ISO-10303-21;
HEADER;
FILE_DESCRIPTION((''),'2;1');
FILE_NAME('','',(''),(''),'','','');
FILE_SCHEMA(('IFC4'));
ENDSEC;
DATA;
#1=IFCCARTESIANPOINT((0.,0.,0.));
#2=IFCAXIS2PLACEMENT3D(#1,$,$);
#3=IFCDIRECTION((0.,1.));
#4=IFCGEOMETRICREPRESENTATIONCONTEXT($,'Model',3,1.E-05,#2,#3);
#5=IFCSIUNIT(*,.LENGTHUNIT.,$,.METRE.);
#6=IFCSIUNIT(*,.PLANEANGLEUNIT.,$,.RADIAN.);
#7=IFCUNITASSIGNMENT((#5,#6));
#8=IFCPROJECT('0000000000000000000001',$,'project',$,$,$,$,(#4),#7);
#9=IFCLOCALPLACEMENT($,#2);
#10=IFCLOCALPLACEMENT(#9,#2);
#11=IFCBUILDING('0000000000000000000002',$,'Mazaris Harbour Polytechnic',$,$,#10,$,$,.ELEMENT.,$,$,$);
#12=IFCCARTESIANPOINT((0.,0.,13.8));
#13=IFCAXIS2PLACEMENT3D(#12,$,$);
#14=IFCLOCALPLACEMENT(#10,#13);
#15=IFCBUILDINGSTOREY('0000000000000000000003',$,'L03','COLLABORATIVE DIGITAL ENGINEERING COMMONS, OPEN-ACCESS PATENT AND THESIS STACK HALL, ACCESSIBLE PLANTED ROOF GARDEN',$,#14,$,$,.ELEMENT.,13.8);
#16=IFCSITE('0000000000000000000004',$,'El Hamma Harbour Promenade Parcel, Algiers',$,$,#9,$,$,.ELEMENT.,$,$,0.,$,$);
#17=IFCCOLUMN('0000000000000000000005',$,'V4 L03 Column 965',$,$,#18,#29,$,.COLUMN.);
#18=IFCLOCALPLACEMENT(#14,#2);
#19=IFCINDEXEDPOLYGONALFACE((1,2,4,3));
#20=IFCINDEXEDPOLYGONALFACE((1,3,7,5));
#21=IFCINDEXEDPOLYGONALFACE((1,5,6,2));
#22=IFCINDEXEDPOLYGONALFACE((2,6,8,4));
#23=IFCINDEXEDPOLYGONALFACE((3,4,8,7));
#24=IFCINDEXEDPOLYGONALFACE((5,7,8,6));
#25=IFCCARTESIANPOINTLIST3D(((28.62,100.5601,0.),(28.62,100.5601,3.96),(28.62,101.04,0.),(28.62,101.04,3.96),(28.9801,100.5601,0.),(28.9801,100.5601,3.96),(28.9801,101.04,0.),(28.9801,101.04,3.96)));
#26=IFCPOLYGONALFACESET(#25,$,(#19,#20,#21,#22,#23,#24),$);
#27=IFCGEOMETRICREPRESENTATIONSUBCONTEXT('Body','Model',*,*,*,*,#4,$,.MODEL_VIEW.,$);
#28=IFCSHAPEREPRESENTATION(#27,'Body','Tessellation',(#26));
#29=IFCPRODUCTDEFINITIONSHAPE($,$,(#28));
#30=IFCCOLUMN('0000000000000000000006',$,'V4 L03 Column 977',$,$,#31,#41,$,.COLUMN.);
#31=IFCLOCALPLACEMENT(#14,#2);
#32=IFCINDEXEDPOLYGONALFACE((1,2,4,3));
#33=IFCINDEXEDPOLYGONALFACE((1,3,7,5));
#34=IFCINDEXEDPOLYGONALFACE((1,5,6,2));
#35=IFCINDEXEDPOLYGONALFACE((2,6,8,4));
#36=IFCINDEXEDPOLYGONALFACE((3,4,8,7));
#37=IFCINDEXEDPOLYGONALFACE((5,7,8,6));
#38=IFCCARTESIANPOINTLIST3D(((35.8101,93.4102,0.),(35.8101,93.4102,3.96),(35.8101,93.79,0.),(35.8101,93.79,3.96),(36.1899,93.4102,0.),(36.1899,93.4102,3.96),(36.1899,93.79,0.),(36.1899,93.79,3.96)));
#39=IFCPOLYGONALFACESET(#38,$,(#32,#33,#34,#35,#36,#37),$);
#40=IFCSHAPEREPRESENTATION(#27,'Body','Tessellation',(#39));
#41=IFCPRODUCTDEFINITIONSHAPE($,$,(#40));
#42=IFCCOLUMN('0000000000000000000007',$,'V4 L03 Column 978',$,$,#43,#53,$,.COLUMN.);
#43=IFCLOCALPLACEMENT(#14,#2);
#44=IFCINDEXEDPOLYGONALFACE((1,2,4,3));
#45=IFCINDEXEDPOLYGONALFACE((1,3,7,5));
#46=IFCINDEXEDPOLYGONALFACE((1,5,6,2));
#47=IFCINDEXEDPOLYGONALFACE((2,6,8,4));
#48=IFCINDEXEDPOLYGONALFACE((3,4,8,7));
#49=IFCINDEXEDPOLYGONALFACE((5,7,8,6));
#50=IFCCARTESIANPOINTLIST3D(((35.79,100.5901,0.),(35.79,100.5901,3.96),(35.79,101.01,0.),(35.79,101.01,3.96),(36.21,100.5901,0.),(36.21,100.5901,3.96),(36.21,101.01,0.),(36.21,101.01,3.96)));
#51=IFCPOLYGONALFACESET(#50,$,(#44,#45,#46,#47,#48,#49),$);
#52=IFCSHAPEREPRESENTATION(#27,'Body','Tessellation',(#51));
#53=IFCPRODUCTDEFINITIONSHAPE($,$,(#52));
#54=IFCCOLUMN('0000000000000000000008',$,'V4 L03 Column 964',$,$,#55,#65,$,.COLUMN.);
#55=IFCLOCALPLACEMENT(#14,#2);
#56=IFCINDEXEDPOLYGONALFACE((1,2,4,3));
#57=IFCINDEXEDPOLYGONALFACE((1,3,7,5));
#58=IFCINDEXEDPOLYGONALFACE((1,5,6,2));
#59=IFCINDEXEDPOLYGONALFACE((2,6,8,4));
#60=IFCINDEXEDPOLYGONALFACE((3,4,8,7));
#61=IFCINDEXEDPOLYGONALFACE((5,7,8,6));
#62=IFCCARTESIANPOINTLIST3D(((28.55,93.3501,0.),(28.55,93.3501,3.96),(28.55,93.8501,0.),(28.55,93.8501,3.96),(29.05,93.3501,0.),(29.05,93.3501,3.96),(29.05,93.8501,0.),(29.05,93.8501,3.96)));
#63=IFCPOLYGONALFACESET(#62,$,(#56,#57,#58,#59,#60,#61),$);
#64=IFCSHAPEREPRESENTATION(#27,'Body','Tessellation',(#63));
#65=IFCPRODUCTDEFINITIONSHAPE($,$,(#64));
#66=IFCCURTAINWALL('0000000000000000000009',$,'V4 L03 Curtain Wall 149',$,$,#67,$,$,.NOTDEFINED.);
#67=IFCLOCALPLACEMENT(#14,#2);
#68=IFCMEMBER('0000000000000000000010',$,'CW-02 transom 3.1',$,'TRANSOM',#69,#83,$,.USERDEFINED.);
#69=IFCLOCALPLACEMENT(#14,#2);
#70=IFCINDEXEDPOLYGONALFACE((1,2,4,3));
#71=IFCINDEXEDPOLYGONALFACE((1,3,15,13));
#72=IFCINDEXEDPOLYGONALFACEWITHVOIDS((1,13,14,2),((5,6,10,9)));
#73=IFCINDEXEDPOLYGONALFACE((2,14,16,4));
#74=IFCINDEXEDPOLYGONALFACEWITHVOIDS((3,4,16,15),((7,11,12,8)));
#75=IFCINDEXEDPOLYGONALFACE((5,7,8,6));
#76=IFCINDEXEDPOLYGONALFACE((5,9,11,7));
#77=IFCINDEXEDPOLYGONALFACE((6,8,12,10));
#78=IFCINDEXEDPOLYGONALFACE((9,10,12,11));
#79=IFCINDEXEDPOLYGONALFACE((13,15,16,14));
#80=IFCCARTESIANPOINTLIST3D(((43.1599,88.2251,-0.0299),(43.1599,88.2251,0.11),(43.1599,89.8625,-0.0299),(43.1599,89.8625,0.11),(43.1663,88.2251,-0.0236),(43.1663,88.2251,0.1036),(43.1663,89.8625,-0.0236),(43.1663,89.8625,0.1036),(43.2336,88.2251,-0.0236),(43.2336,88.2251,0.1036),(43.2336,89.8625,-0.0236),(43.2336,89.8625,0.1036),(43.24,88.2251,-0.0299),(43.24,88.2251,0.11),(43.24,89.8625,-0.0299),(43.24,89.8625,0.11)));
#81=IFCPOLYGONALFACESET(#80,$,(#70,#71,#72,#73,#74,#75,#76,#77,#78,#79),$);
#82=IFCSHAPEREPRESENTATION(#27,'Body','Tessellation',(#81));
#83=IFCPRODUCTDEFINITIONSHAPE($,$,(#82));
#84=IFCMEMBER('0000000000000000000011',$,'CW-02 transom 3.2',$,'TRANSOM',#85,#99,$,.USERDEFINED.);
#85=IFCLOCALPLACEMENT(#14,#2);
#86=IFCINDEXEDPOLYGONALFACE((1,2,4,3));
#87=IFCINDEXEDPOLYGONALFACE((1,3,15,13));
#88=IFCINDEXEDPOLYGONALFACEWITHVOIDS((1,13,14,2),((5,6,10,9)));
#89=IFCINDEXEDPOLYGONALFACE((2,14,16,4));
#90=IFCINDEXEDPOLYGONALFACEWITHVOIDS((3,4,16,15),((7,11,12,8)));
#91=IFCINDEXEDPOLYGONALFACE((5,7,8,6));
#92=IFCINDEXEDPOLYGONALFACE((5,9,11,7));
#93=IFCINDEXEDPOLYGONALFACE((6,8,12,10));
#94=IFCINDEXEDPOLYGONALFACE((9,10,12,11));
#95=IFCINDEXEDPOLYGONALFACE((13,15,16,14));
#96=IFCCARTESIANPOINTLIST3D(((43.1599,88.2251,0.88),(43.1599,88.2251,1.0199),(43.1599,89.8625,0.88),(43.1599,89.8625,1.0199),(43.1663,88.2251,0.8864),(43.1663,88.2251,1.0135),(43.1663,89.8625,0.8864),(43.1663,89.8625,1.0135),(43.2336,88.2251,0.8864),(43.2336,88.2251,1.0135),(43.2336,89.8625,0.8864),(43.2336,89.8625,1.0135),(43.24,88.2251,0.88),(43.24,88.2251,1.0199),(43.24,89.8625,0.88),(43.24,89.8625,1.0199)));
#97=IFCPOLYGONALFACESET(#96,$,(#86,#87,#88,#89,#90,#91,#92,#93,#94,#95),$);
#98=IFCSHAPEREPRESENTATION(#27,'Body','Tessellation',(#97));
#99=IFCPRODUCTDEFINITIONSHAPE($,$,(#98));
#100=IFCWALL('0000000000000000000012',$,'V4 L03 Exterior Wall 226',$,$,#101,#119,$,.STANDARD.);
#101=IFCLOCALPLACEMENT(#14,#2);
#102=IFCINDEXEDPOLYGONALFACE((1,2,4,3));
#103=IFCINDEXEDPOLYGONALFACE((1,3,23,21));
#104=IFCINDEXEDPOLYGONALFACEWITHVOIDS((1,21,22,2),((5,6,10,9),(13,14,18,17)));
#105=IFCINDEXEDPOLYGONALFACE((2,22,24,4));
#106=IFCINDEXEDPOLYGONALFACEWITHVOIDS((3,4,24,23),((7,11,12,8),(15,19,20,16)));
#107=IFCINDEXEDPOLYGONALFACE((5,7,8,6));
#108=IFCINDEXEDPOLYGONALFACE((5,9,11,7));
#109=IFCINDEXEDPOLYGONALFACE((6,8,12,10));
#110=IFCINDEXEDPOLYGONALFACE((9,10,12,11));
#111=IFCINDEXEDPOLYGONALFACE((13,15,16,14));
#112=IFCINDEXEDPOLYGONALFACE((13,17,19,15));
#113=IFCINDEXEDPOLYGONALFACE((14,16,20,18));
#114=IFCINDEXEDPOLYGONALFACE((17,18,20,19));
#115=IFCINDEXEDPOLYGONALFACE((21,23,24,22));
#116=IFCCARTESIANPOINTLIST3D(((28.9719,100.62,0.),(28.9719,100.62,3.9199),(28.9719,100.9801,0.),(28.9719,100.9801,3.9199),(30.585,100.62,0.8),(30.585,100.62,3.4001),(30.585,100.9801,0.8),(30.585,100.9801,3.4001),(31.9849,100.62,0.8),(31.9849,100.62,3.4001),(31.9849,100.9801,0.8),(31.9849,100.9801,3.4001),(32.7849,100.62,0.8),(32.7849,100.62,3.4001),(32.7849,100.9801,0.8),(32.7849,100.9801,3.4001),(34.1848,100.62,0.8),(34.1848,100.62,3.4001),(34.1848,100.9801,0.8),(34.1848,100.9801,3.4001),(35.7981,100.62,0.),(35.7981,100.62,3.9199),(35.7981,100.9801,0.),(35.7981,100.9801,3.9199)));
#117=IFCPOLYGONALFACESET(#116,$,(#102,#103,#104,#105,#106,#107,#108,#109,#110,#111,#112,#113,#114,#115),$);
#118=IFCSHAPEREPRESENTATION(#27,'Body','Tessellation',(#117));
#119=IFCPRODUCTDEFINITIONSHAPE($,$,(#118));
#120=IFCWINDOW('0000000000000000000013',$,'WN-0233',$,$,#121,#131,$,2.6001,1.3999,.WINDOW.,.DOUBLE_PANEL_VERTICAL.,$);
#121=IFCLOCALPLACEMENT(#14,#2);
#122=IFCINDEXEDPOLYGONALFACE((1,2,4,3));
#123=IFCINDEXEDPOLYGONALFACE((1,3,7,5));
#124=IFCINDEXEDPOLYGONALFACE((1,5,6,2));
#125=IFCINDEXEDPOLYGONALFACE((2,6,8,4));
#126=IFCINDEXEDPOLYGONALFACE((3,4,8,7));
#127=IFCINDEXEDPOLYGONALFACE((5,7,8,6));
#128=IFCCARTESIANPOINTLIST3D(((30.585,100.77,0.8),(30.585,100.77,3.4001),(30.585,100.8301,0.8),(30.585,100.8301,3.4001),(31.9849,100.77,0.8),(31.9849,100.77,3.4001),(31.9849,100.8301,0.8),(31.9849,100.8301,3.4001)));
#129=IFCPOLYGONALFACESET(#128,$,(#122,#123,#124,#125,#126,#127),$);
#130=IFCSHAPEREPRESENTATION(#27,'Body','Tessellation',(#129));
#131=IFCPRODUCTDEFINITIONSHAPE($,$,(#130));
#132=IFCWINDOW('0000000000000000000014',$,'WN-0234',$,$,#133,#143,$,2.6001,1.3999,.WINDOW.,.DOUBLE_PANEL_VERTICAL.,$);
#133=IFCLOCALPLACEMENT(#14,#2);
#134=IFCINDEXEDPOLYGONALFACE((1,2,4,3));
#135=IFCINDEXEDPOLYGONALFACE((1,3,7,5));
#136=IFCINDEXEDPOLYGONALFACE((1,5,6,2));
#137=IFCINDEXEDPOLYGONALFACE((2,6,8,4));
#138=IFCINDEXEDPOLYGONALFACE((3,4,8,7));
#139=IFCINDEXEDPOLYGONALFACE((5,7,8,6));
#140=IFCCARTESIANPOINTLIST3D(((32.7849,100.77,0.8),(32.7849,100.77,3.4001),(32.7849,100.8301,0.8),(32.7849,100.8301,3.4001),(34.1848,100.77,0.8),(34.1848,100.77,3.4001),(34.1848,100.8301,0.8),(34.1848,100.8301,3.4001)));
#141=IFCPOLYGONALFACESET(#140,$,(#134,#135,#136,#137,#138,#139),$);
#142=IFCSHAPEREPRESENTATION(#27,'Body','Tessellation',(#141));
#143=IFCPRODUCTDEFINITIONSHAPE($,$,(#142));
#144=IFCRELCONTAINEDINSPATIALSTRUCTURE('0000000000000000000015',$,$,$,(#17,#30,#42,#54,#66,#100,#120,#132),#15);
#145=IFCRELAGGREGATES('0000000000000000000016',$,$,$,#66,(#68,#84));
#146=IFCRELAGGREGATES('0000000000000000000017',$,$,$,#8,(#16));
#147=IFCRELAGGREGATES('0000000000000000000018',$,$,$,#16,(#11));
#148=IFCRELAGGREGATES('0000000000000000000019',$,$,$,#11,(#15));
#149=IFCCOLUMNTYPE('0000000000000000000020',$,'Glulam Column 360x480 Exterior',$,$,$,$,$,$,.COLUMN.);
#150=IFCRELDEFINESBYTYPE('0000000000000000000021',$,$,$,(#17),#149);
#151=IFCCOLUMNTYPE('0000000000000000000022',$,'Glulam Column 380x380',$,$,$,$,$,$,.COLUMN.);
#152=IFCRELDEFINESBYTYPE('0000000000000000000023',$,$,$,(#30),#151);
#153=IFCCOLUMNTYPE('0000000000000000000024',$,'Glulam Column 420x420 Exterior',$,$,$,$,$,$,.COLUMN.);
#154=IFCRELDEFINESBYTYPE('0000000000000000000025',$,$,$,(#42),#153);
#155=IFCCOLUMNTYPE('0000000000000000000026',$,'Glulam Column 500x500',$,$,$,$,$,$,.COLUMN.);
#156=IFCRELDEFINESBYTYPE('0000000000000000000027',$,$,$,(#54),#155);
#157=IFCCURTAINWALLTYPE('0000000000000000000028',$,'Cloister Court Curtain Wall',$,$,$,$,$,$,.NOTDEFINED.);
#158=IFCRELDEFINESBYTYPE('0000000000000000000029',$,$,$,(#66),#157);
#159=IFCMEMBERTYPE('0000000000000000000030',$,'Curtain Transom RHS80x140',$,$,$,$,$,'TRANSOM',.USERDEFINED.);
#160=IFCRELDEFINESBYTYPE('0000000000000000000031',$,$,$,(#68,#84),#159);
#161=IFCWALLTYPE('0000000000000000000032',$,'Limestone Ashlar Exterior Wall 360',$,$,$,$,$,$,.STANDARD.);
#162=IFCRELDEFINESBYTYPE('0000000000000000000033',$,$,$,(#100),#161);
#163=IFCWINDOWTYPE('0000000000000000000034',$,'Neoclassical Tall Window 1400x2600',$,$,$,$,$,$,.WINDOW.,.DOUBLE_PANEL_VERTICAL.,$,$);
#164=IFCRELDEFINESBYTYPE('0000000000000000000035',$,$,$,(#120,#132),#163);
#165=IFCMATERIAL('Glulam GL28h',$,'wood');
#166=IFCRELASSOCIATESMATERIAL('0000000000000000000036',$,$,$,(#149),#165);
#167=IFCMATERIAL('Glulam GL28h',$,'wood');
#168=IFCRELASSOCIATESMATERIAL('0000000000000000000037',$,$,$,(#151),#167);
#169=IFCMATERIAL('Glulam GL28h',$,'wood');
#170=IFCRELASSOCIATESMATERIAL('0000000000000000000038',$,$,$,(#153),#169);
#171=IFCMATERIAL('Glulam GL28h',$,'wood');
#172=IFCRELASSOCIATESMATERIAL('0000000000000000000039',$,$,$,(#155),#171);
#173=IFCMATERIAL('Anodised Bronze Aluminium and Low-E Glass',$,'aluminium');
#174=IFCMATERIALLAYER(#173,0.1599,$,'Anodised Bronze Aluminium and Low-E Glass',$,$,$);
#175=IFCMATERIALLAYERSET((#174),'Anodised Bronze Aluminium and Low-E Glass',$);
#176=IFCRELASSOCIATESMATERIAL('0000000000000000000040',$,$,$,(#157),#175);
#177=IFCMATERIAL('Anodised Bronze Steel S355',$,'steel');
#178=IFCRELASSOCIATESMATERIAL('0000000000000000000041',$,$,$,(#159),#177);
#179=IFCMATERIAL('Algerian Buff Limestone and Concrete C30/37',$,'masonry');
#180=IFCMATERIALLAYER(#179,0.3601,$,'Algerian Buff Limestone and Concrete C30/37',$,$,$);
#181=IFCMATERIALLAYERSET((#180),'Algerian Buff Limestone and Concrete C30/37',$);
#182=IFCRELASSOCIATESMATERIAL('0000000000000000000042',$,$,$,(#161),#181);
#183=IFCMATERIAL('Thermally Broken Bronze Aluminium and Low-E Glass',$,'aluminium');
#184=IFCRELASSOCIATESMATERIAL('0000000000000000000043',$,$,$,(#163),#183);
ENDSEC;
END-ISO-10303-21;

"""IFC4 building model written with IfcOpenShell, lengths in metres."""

from ifc_helpers import new_model, si_unit, direction, frame, frame_2d, origin, origin_2d, place, context, subcontext, project, spatial, rectangle, hollow_rectangle, extrude, material, layer, layer_set, material_profile, profile_set, type_object, element, fill, aggregate, save


model = new_model("IFC4")

# Units and contexts
model_context = context("Model", 3, precision=1e-05, world=origin(), true_north=direction((0.0, 1.0)))
body_context = subcontext(model_context, "Body", "Model", "MODEL_VIEW")
ifc_project = project(units=[si_unit("LENGTHUNIT", "METRE"), si_unit("PLANEANGLEUNIT", "RADIAN")], contexts=[model_context])

# Site, building, storey
site_placement = place(None, origin())
site = spatial("IfcSite", under=ifc_project, at=site_placement, Name="El Hamma Harbour Promenade Parcel, Algiers", CompositionType="ELEMENT", RefElevation=0.0)
building_placement = place(site_placement, origin())
building = spatial("IfcBuilding", under=site, at=building_placement, Name="Mazaris Harbour Polytechnic", CompositionType="ELEMENT")
storey_placement = place(building_placement, frame((0.0, 0.0, 13.8)))
storey = spatial("IfcBuildingStorey", under=building, at=storey_placement, Name="L03", Description="COLLABORATIVE DIGITAL ENGINEERING COMMONS, OPEN-ACCESS PATENT AND THESIS STACK HALL, ACCESSIBLE PLANTED ROOF GARDEN", CompositionType="ELEMENT", Elevation=13.8)

# Columns
ifc_material_1 = material(Name="Glulam GL28h", Category="wood")
ifc_material_profile_1 = material_profile(ifc_material_1, rectangle(XDim=0.3601, YDim=0.48, at=origin_2d()), Name="RECT360x480")
ifc_profile_set_1 = profile_set([ifc_material_profile_1], Name="Glulam GL28h")
column_type_1 = type_object("IfcColumnType", Name="Glulam Column 360x480 Exterior", PredefinedType="COLUMN", material=ifc_profile_set_1)
column_1_placement = place(storey_placement, frame((28.8, 100.8, 0.0), z_axis=(0.0, 0.0, 1.0), x_axis=(1.0, 0.0, 0.0)))
element("IfcColumn", 1, at=column_1_placement, inside=storey, type_object=column_type_1, Name="V4 L03 Column 965", PredefinedType="COLUMN", context=body_context, shape_type="SweptSolid", body=[
    extrude(rectangle(XDim=0.3601, YDim=0.48, at=origin_2d()), origin(), (0.0, 0.0, 1.0), 3.96),
])
ifc_material_2 = material(Name="Glulam GL28h", Category="wood")
ifc_material_profile_2 = material_profile(ifc_material_2, rectangle(XDim=0.3799, YDim=0.3799, at=origin_2d()), Name="RECT380x380")
ifc_profile_set_2 = profile_set([ifc_material_profile_2], Name="Glulam GL28h")
column_type_2 = type_object("IfcColumnType", Name="Glulam Column 380x380", PredefinedType="COLUMN", material=ifc_profile_set_2)
column_2_placement = place(storey_placement, frame((36.0, 93.6001, 0.0), z_axis=(0.0, 0.0, 1.0), x_axis=(1.0, 0.0, 0.0)))
element("IfcColumn", 2, at=column_2_placement, inside=storey, type_object=column_type_2, Name="V4 L03 Column 977", PredefinedType="COLUMN", context=body_context, shape_type="SweptSolid", body=[
    extrude(rectangle(XDim=0.3799, YDim=0.3799, at=origin_2d()), origin(), (0.0, 0.0, 1.0), 3.96),
])
ifc_material_3 = material(Name="Glulam GL28h", Category="wood")
ifc_material_profile_3 = material_profile(ifc_material_3, rectangle(XDim=0.4199, YDim=0.4199, at=origin_2d()), Name="RECT420x420")
ifc_profile_set_3 = profile_set([ifc_material_profile_3], Name="Glulam GL28h")
column_type_3 = type_object("IfcColumnType", Name="Glulam Column 420x420 Exterior", PredefinedType="COLUMN", material=ifc_profile_set_3)
column_3_placement = place(storey_placement, frame((36.0, 100.8, 0.0), z_axis=(0.0, 0.0, 1.0), x_axis=(1.0, 0.0, 0.0)))
element("IfcColumn", 3, at=column_3_placement, inside=storey, type_object=column_type_3, Name="V4 L03 Column 978", PredefinedType="COLUMN", context=body_context, shape_type="SweptSolid", body=[
    extrude(rectangle(XDim=0.4199, YDim=0.4199, at=origin_2d()), origin(), (0.0, 0.0, 1.0), 3.96),
])
ifc_material_4 = material(Name="Glulam GL28h", Category="wood")
ifc_material_profile_4 = material_profile(ifc_material_4, rectangle(XDim=0.5, YDim=0.5, at=origin_2d()), Name="RECT500x500")
ifc_profile_set_4 = profile_set([ifc_material_profile_4], Name="Glulam GL28h")
column_type_4 = type_object("IfcColumnType", Name="Glulam Column 500x500", PredefinedType="COLUMN", material=ifc_profile_set_4)
column_4_placement = place(storey_placement, frame((28.8, 93.6001, 0.0), z_axis=(0.0, 0.0, 1.0), x_axis=(1.0, 0.0, 0.0)))
element("IfcColumn", 4, at=column_4_placement, inside=storey, type_object=column_type_4, Name="V4 L03 Column 964", PredefinedType="COLUMN", context=body_context, shape_type="SweptSolid", body=[
    extrude(rectangle(XDim=0.5, YDim=0.5, at=origin_2d()), origin(), (0.0, 0.0, 1.0), 3.96),
])

# Curtain wall, members
ifc_material_5 = material(Name="Anodised Bronze Aluminium and Low-E Glass", Category="aluminium")
ifc_layer_1 = layer(ifc_material_5, 0.1599, Name="Anodised Bronze Aluminium and Low-E Glass")
ifc_layer_set_1 = layer_set([ifc_layer_1], Name="Anodised Bronze Aluminium and Low-E Glass")
curtain_wall_type = type_object("IfcCurtainWallType", Name="Cloister Court Curtain Wall", PredefinedType="NOTDEFINED", material=ifc_layer_set_1)
curtain_wall_placement = place(storey_placement, origin())
curtain_wall = element("IfcCurtainWall", 5, at=curtain_wall_placement, inside=storey, type_object=curtain_wall_type, Name="V4 L03 Curtain Wall 149", PredefinedType="NOTDEFINED")
ifc_material_6 = material(Name="Anodised Bronze Steel S355", Category="steel")
ifc_material_profile_5 = material_profile(ifc_material_6, hollow_rectangle(XDim=0.0801, YDim=0.1399, WallThickness=0.0063, at=origin_2d()), Name="RHS 80x140x6.3")
ifc_profile_set_5 = profile_set([ifc_material_profile_5], Name="Anodised Bronze Steel S355")
member_type = type_object("IfcMemberType", Name="Curtain Transom RHS80x140", ElementType="TRANSOM", PredefinedType="USERDEFINED", material=ifc_profile_set_5)
member_1_placement = place(storey_placement, frame((43.2, 89.8625, 0.04), z_axis=(0.0, -1.0, 0.0), x_axis=(1.0, 0.0, 0.0)))
member_1 = element("IfcMember", 6, at=member_1_placement, type_object=member_type, Name="CW-02 transom 3.1", ObjectType="TRANSOM", PredefinedType="USERDEFINED", context=body_context, shape_type="SweptSolid", body=[
    extrude(hollow_rectangle(XDim=0.0801, YDim=0.1399, WallThickness=0.0063, at=origin_2d()), origin(), (0.0, 0.0, 1.0), 1.6375),
])
member_2_placement = place(storey_placement, frame((43.2, 89.8625, 0.95), z_axis=(0.0, -1.0, 0.0), x_axis=(1.0, 0.0, 0.0)))
member_2 = element("IfcMember", 7, at=member_2_placement, type_object=member_type, Name="CW-02 transom 3.2", ObjectType="TRANSOM", PredefinedType="USERDEFINED", context=body_context, shape_type="SweptSolid", body=[
    extrude(hollow_rectangle(XDim=0.0801, YDim=0.1399, WallThickness=0.0063, at=origin_2d()), origin(), (0.0, 0.0, 1.0), 1.6375),
])
aggregate(curtain_wall, [member_1, member_2])

# Wall, openings, windows
ifc_material_7 = material(Name="Algerian Buff Limestone and Concrete C30/37", Category="masonry")
ifc_layer_2 = layer(ifc_material_7, 0.3601, Name="Algerian Buff Limestone and Concrete C30/37")
ifc_layer_set_2 = layer_set([ifc_layer_2], Name="Algerian Buff Limestone and Concrete C30/37")
wall_type_1 = type_object("IfcWallType", Name="Limestone Ashlar Exterior Wall 360", PredefinedType="STANDARD", material=ifc_layer_set_2)
wall_1_placement = place(storey_placement, frame((28.9719, 100.8, 0.0), z_axis=(0.0, 0.0, 1.0), x_axis=(1.0, 0.0, 0.0)))
wall_1 = element("IfcWall", 8, at=wall_1_placement, inside=storey, type_object=wall_type_1, Name="V4 L03 Exterior Wall 226", PredefinedType="STANDARD", context=body_context, shape_type="SweptSolid", body=[
    extrude(rectangle(XDim=6.8262, YDim=0.3601, at=frame_2d((3.4131, 0.0))), origin(), (0.0, 0.0, 1.0), 3.9199),
])
opening_1_placement = place(wall_1_placement, frame((1.613, 0.0, 0.8)))
opening_1 = element("IfcOpeningElement", 9, at=opening_1_placement, cuts=wall_1, PredefinedType="OPENING", context=body_context, shape_type="SweptSolid", body=[
    extrude(rectangle(XDim=1.3999, YDim=2.6001, at=frame_2d((0.7, 1.3))), frame((0.0, 0.1899, 0.0), z_axis=(0.0, -1.0, 0.0), x_axis=(1.0, 0.0, 0.0)), (0.0, 0.0, 1.0), 0.3801),
])
opening_2_placement = place(wall_1_placement, frame((3.813, 0.0, 0.8)))
opening_2 = element("IfcOpeningElement", 10, at=opening_2_placement, cuts=wall_1, PredefinedType="OPENING", context=body_context, shape_type="SweptSolid", body=[
    extrude(rectangle(XDim=1.3999, YDim=2.6001, at=frame_2d((0.7, 1.3))), frame((0.0, 0.1899, 0.0), z_axis=(0.0, -1.0, 0.0), x_axis=(1.0, 0.0, 0.0)), (0.0, 0.0, 1.0), 0.3801),
])
ifc_material_8 = material(Name="Thermally Broken Bronze Aluminium and Low-E Glass", Category="aluminium")
window_type_1 = type_object("IfcWindowType", Name="Neoclassical Tall Window 1400x2600", PartitioningType="DOUBLE_PANEL_VERTICAL", PredefinedType="WINDOW", material=ifc_material_8)
window_1_placement = place(opening_1_placement, origin())
window_1 = element("IfcWindow", 11, at=window_1_placement, inside=storey, type_object=window_type_1, Name="WN-0233", OverallHeight=2.6001, OverallWidth=1.3999, PartitioningType="DOUBLE_PANEL_VERTICAL", PredefinedType="WINDOW", context=body_context, shape_type="SweptSolid", body=[
    extrude(rectangle(XDim=1.3999, YDim=2.6001, at=frame_2d((0.7, 1.3))), frame((0.0, 0.03, 0.0), z_axis=(0.0, -1.0, 0.0), x_axis=(1.0, 0.0, 0.0)), (0.0, 0.0, 1.0), 0.0601),
])
fill(opening_1, window_1)
window_2_placement = place(opening_2_placement, origin())
window_2 = element("IfcWindow", 12, at=window_2_placement, inside=storey, type_object=window_type_1, Name="WN-0234", OverallHeight=2.6001, OverallWidth=1.3999, PartitioningType="DOUBLE_PANEL_VERTICAL", PredefinedType="WINDOW", context=body_context, shape_type="SweptSolid", body=[
    extrude(rectangle(XDim=1.3999, YDim=2.6001, at=frame_2d((0.7, 1.3))), frame((0.0, 0.03, 0.0), z_axis=(0.0, -1.0, 0.0), x_axis=(1.0, 0.0, 0.0)), (0.0, 0.0, 1.0), 0.0601),
])
fill(opening_2, window_2)

save(model, "model.ifc")
